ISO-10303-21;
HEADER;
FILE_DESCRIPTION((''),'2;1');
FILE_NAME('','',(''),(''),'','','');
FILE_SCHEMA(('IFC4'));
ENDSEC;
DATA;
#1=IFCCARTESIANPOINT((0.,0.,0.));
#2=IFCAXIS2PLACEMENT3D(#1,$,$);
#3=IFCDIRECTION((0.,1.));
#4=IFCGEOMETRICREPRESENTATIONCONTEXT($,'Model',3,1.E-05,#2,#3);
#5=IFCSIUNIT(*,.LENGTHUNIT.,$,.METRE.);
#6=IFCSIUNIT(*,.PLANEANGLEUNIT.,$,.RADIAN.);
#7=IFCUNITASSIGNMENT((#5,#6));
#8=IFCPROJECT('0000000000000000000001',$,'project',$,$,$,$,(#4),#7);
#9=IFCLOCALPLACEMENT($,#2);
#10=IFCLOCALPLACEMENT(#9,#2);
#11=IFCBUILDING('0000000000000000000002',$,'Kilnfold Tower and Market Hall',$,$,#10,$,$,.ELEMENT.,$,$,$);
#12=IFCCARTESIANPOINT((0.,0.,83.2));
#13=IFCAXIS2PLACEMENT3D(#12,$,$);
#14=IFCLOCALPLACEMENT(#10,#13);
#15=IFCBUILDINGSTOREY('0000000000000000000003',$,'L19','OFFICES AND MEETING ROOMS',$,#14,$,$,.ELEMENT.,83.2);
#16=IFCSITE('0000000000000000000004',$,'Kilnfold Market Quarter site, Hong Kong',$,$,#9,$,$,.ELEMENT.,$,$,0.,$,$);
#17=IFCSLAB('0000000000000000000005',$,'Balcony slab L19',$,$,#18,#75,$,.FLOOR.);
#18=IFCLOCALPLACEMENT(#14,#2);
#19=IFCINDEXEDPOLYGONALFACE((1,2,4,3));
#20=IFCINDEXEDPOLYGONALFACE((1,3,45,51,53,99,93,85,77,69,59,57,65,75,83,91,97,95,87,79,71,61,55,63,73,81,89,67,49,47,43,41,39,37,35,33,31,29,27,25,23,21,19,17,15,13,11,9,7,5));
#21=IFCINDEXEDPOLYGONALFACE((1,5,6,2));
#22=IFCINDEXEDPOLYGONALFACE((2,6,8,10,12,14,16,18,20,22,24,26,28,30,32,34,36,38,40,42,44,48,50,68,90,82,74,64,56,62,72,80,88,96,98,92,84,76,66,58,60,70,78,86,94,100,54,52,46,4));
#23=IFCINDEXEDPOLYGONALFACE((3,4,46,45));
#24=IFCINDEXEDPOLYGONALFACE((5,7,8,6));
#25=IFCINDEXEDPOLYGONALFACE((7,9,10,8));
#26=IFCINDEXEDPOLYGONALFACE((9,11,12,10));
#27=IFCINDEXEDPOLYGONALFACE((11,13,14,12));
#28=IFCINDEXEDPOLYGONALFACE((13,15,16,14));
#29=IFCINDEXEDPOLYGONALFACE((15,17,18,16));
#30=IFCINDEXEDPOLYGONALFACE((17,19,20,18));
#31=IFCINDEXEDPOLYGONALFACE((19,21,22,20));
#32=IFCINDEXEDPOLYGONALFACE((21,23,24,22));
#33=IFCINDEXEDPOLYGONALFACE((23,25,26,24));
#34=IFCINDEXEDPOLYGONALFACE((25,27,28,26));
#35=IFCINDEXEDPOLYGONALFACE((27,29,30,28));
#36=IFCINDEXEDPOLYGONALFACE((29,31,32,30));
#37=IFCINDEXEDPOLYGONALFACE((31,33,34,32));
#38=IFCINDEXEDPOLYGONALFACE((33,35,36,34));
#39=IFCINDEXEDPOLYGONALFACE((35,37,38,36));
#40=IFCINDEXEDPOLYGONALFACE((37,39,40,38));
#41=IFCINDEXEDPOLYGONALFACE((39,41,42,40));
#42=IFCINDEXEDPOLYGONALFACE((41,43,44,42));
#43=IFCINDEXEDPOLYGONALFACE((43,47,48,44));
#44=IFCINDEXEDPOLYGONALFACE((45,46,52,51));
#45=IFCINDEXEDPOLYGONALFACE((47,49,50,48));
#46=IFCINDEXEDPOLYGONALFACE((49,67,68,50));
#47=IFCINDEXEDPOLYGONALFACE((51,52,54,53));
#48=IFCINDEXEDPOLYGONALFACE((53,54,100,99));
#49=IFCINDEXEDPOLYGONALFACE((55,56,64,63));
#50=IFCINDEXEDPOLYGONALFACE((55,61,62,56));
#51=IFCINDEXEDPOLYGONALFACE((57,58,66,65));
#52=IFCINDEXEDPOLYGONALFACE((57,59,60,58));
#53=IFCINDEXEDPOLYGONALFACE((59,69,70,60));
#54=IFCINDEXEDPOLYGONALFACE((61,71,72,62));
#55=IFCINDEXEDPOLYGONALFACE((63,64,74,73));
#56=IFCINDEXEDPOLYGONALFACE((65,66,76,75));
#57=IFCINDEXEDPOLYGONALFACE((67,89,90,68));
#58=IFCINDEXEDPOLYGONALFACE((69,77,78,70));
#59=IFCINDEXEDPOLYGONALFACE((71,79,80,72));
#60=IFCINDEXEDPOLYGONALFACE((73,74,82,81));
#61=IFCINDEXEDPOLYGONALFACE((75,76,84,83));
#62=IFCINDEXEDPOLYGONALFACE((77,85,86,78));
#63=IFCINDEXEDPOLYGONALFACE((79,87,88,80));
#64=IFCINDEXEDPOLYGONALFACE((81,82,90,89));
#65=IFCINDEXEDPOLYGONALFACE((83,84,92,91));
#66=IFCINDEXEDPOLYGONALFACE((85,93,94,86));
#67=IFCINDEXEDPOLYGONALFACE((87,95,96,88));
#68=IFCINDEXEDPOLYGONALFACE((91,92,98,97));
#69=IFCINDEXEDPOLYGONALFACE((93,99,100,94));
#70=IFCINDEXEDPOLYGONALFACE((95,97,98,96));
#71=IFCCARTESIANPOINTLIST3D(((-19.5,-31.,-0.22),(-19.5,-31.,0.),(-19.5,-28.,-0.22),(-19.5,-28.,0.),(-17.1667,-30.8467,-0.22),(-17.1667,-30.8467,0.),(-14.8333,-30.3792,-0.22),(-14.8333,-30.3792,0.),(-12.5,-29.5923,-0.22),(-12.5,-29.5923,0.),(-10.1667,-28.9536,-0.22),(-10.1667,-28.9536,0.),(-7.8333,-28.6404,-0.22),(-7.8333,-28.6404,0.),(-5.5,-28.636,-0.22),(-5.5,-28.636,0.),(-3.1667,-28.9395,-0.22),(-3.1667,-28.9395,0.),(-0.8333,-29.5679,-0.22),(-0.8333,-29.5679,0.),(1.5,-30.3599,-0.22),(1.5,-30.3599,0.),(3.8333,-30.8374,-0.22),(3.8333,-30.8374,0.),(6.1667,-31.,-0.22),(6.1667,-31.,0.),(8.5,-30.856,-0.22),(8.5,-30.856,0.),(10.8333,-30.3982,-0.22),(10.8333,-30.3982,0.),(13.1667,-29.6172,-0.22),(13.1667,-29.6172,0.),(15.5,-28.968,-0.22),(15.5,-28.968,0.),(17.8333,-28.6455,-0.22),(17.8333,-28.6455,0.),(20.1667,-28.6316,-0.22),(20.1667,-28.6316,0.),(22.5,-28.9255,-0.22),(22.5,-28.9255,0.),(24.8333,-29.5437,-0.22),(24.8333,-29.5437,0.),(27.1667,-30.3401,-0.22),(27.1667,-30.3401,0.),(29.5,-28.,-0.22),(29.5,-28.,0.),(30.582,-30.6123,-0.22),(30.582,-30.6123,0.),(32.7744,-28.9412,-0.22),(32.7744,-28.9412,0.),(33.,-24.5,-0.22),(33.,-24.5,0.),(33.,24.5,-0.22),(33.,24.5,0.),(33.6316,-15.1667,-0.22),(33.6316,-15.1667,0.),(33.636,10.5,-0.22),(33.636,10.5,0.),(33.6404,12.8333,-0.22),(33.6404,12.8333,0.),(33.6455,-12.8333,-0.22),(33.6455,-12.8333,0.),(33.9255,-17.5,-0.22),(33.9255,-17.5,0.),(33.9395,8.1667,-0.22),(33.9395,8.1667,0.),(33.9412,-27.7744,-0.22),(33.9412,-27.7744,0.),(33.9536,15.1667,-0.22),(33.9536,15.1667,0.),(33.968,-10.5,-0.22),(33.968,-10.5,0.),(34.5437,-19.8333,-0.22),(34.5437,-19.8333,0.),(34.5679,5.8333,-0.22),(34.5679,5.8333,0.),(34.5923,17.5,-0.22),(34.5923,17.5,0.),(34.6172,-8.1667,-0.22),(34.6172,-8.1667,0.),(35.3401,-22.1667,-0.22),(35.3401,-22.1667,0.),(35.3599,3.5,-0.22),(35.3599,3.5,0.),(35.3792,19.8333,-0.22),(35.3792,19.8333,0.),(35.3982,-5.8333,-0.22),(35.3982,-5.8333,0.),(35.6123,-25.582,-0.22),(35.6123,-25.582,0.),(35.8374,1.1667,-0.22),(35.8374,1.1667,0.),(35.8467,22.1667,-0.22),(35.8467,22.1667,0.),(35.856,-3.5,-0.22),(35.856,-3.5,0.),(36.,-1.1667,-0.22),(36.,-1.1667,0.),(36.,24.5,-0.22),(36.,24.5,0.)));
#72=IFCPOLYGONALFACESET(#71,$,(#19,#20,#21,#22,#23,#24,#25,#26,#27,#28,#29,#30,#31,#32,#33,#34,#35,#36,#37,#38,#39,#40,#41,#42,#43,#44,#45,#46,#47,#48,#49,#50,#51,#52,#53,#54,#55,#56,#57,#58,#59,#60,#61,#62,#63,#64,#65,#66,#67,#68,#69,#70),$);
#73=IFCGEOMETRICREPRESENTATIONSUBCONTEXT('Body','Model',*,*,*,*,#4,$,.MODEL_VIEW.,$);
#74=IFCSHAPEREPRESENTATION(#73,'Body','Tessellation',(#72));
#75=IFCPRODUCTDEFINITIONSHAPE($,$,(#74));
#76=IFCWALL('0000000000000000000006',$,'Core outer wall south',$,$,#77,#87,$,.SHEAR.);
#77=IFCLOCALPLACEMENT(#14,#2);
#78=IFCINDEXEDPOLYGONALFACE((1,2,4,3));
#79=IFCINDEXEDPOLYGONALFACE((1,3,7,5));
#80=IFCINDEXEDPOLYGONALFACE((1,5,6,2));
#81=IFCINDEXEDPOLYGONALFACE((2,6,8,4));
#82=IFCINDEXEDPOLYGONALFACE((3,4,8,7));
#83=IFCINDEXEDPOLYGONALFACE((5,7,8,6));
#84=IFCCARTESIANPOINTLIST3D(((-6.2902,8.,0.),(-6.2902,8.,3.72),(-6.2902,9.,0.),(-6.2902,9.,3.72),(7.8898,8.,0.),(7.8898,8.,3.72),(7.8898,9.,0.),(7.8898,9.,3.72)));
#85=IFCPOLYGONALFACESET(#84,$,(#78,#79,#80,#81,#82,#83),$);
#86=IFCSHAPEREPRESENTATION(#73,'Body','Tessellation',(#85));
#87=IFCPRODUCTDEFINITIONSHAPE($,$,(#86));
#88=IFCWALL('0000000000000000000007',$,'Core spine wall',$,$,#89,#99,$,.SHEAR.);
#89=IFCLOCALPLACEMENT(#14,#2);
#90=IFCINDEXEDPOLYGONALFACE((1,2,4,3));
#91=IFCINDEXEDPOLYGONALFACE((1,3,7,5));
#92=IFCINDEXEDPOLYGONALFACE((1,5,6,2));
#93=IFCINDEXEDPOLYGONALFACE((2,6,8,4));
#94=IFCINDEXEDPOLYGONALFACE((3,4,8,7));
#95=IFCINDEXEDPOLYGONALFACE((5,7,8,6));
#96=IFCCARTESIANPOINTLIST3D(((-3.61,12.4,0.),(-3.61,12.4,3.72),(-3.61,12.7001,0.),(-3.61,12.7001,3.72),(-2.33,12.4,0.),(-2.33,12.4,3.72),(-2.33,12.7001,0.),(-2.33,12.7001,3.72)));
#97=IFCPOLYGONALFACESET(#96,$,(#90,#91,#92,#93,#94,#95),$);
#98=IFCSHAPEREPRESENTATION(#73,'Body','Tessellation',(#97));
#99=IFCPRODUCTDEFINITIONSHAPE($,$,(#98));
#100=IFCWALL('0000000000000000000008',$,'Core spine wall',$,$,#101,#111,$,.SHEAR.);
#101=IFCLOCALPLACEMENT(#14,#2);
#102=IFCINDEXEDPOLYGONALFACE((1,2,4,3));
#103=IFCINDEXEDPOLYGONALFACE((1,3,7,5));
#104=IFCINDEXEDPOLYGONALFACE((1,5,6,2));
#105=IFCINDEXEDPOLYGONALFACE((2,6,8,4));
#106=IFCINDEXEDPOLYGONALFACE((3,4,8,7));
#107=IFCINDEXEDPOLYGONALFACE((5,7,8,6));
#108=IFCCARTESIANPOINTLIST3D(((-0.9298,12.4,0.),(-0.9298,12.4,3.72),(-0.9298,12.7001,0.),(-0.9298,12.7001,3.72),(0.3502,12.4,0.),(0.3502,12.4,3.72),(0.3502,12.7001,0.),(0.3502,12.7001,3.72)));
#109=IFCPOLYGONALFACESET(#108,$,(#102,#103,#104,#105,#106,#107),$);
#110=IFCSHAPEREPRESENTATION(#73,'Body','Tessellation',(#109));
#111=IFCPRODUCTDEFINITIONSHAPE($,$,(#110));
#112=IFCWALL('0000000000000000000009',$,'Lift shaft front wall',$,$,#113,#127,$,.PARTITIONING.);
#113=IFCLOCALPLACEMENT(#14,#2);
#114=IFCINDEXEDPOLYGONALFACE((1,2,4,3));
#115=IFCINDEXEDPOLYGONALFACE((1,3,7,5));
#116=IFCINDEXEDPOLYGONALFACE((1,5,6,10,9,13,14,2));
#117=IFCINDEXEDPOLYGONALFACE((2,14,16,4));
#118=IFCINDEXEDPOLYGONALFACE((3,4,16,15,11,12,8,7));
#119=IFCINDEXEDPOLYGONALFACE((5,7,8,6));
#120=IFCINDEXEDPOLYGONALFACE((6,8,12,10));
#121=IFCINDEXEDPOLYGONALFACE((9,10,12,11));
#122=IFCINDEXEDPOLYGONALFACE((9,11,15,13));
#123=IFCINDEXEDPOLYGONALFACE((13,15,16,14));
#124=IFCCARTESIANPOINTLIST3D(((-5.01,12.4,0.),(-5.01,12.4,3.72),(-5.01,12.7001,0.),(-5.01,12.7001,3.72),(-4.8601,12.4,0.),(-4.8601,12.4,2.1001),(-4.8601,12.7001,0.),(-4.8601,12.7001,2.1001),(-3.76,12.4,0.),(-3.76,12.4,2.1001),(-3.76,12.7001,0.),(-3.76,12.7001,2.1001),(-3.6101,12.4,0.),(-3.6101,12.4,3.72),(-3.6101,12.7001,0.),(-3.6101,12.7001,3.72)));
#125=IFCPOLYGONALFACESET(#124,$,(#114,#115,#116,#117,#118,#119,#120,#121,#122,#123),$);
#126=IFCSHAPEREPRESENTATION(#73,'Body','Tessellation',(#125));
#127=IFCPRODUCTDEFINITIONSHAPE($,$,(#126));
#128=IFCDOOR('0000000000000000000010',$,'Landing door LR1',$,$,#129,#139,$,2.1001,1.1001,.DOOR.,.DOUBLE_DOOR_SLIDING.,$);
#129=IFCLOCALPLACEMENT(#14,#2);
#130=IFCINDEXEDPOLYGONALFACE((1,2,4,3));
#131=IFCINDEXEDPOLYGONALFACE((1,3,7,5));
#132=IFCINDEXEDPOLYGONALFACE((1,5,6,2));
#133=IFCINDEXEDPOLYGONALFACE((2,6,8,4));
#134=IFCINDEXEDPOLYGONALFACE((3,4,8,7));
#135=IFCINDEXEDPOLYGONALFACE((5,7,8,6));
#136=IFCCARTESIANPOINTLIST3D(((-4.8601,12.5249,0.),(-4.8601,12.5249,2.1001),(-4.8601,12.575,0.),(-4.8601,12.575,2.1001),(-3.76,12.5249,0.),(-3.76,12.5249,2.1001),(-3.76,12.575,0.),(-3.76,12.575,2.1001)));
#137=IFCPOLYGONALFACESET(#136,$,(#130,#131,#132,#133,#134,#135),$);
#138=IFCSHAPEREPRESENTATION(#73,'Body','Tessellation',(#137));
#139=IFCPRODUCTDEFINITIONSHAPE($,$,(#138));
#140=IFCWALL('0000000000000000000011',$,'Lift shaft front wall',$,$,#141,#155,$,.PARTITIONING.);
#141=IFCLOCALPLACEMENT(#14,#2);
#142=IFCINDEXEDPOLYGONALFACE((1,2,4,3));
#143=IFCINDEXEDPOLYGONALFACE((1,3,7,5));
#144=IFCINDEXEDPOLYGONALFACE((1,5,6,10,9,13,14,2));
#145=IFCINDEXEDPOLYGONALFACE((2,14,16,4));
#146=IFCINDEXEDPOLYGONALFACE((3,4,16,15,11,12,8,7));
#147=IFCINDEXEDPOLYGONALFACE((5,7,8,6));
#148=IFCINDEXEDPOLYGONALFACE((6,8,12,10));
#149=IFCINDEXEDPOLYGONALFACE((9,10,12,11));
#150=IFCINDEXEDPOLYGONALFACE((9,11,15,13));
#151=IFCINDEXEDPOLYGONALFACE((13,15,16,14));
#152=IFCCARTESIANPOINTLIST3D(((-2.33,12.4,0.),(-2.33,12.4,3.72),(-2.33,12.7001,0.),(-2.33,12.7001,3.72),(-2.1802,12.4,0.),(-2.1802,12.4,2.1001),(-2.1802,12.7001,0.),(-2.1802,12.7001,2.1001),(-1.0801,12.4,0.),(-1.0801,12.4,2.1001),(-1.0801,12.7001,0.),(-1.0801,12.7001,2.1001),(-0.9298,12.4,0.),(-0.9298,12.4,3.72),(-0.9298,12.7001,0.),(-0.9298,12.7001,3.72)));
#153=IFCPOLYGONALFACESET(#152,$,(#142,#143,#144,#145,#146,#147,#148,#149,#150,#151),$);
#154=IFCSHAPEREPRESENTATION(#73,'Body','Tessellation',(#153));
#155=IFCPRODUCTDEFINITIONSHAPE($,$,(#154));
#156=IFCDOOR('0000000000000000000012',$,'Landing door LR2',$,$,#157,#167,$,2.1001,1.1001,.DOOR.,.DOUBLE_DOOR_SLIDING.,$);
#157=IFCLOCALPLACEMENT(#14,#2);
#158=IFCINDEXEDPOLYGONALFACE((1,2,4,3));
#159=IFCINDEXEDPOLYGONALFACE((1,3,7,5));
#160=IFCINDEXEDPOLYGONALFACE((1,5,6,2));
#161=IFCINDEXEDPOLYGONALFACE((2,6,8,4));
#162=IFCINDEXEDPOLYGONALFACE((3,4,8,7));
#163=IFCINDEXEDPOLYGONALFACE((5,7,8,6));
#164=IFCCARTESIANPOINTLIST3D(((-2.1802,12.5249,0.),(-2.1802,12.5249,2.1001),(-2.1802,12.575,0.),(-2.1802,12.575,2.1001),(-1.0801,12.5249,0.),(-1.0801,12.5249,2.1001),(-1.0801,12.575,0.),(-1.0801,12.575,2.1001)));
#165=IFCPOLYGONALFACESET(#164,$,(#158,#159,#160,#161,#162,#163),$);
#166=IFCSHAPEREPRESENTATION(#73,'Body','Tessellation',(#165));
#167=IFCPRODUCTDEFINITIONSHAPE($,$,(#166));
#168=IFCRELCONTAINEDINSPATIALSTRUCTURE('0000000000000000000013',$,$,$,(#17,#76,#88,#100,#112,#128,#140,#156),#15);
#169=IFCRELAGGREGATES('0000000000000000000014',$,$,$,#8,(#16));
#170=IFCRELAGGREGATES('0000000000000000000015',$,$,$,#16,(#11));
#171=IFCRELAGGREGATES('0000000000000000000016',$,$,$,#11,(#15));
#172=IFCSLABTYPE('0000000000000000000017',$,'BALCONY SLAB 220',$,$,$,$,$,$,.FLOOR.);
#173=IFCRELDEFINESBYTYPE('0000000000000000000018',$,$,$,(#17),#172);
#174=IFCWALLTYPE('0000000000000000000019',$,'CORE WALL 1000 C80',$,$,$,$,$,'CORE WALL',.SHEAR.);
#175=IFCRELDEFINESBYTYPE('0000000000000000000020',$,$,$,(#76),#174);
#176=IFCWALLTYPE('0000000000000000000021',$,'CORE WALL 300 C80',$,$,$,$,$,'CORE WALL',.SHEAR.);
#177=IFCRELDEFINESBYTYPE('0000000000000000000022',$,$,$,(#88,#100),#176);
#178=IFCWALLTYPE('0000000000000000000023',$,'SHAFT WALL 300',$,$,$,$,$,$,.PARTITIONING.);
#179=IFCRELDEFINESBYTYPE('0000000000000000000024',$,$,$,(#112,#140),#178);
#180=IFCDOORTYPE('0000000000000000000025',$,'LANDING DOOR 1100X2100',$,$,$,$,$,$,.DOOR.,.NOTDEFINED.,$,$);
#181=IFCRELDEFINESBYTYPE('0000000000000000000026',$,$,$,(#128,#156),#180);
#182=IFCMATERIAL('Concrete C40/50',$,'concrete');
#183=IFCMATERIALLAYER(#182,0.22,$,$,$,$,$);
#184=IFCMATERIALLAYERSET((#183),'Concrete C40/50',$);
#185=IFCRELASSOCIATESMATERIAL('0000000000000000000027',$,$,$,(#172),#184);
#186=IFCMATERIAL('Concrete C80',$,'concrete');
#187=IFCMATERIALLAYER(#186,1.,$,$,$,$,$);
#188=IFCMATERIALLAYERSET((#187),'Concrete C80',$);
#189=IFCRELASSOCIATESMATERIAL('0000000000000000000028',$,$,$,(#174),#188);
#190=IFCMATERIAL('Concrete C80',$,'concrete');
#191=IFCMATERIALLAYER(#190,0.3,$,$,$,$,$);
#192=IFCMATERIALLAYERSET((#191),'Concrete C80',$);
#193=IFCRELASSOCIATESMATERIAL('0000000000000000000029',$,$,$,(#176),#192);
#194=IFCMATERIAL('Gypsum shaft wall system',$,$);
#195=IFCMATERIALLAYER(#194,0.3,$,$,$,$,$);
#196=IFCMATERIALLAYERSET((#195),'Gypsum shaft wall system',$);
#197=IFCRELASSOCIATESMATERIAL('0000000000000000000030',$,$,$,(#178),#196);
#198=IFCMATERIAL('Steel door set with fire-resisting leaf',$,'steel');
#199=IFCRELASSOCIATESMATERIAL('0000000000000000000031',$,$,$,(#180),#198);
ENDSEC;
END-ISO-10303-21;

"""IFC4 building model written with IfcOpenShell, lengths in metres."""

from ifc_helpers import new_model, si_unit, direction, frame, frame_2d, origin, place, context, subcontext, project, spatial, polyline, rectangle, outline, extrude, source, transform, mapped, material, layer, layer_set, type_object, element, fill, save


model = new_model("IFC4")

# Units and contexts
model_context = context("Model", 3, precision=1e-05, world=origin(), true_north=direction((0.0, 1.0)))
body_context = subcontext(model_context, "Body", "Model", "MODEL_VIEW")
ifc_project = project(units=[si_unit("LENGTHUNIT", "METRE"), si_unit("PLANEANGLEUNIT", "RADIAN")], contexts=[model_context])

# Site, building, storey
site_placement = place(None, origin())
site = spatial("IfcSite", under=ifc_project, at=site_placement, Name="Kilnfold Market Quarter site, Hong Kong", CompositionType="ELEMENT", RefElevation=0.0)
building_placement = place(site_placement, origin())
building = spatial("IfcBuilding", under=site, at=building_placement, Name="Kilnfold Tower and Market Hall", CompositionType="ELEMENT")
storey_placement = place(building_placement, frame((0.0, 0.0, 83.2)))
storey = spatial("IfcBuildingStorey", under=building, at=storey_placement, Name="L19", Description="OFFICES AND MEETING ROOMS", CompositionType="ELEMENT", Elevation=83.2)

# Slab
ifc_material_1 = material(Name="Concrete C40/50", Category="concrete")
ifc_layer_1 = layer(ifc_material_1, 0.22)
ifc_layer_set_1 = layer_set([ifc_layer_1], Name="Concrete C40/50")
slab_type_1 = type_object("IfcSlabType", Name="BALCONY SLAB 220", PredefinedType="FLOOR", material=ifc_layer_set_1)
shared_shape_1 = source(origin(), body_context, "Body", "SweptSolid", [
    extrude(outline(polyline([(-19.5, -28.0), (29.5, -28.0), (33.0, -24.5), (33.0, 24.5), (36.0, 24.5), (35.8467, 22.1667), (35.3792, 19.8333), (34.5923, 17.5), (33.9536, 15.1667), (33.6404, 12.8333), (33.636, 10.5), (33.9395, 8.1667), (34.5679, 5.8333), (35.3599, 3.5), (35.8374, 1.1667), (36.0, -1.1667), (35.856, -3.5), (35.3982, -5.8333), (34.6172, -8.1667), (33.968, -10.5), (33.6455, -12.8333), (33.6316, -15.1667), (33.9255, -17.5), (34.5437, -19.8333), (35.3401, -22.1667), (35.6123, -25.582), (33.9412, -27.7744), (32.7744, -28.9412), (30.582, -30.6123), (27.1667, -30.3401), (24.8333, -29.5437), (22.5, -28.9255), (20.1667, -28.6316), (17.8333, -28.6455), (15.5, -28.968), (13.1667, -29.6172), (10.8333, -30.3982), (8.5, -30.856), (6.1667, -31.0), (3.8333, -30.8374), (1.5, -30.3599), (-0.8333, -29.5679), (-3.1667, -28.9395), (-5.5, -28.636), (-7.8333, -28.6404), (-10.1667, -28.9536), (-12.5, -29.5923), (-14.8333, -30.3792), (-17.1667, -30.8467), (-19.5, -31.0), (-19.5, -28.0)])), origin(), (0.0, 0.0, 1.0), 0.22),
])
slab_1_placement = place(storey_placement, frame((0.0, 0.0, -0.22)))
element("IfcSlab", 1, at=slab_1_placement, inside=storey, type_object=slab_type_1, Name="Balcony slab L19", PredefinedType="FLOOR", context=body_context, shape_type="MappedRepresentation", body=[
    mapped(shared_shape_1, transform((0.0, 0.0, 0.0))),
])

# Walls
ifc_material_2 = material(Name="Concrete C80", Category="concrete")
ifc_layer_2 = layer(ifc_material_2, 1.0)
ifc_layer_set_2 = layer_set([ifc_layer_2], Name="Concrete C80")
wall_type_1 = type_object("IfcWallType", Name="CORE WALL 1000 C80", ElementType="CORE WALL", PredefinedType="SHEAR", material=ifc_layer_set_2)
shared_shape_2 = source(origin(), body_context, "Body", "SweptSolid", [
    extrude(rectangle(XDim=14.1799, YDim=1.0, at=frame_2d((7.0898, 0.0))), origin(), (0.0, 0.0, 1.0), 3.72),
])
wall_1_placement = place(storey_placement, frame((-6.29, 8.5, 0.0), z_axis=(0.0, 0.0, 1.0), x_axis=(1.0, 0.0, 0.0)))
element("IfcWall", 2, at=wall_1_placement, inside=storey, type_object=wall_type_1, Name="Core outer wall south", PredefinedType="SHEAR", context=body_context, shape_type="MappedRepresentation", body=[
    mapped(shared_shape_2, transform((0.0, 0.0, 0.0))),
])
ifc_material_3 = material(Name="Concrete C80", Category="concrete")
ifc_layer_3 = layer(ifc_material_3, 0.3)
ifc_layer_set_3 = layer_set([ifc_layer_3], Name="Concrete C80")
wall_type_2 = type_object("IfcWallType", Name="CORE WALL 300 C80", ElementType="CORE WALL", PredefinedType="SHEAR", material=ifc_layer_set_3)
shared_shape_3 = source(origin(), body_context, "Body", "SweptSolid", [
    extrude(rectangle(XDim=1.28, YDim=0.3, at=frame_2d((0.6401, 0.0))), origin(), (0.0, 0.0, 1.0), 3.72),
])
for number, where, z_axis, x_axis, name in (
    (3, (-3.6101, 12.55, 0.0), (0.0, 0.0, 1.0), (1.0, 0.0, 0.0), "Core spine wall"),
    (4, (-0.9299, 12.55, 0.0), (0.0, 0.0, 1.0), (1.0, 0.0, 0.0), "Core spine wall"),
):
    element("IfcWall", number, at=place(storey_placement, frame(where, z_axis=z_axis, x_axis=x_axis)), inside=storey, type_object=wall_type_2, Name=name, PredefinedType="SHEAR", context=body_context, shape_type="MappedRepresentation", body=[
        mapped(shared_shape_3, transform((0.0, 0.0, 0.0))),
    ])

# Walls, openings, doors
ifc_material_4 = material(Name="Gypsum shaft wall system")
ifc_layer_4 = layer(ifc_material_4, 0.3)
ifc_layer_set_4 = layer_set([ifc_layer_4], Name="Gypsum shaft wall system")
wall_type_3 = type_object("IfcWallType", Name="SHAFT WALL 300", PredefinedType="PARTITIONING", material=ifc_layer_set_4)
shared_shape_4 = source(origin(), body_context, "Body", "SweptSolid", [
    extrude(rectangle(XDim=1.3999, YDim=0.3, at=frame_2d((0.7, 0.0))), origin(), (0.0, 0.0, 1.0), 3.72),
])
wall_2_placement = place(storey_placement, frame((-5.01, 12.55, 0.0), z_axis=(0.0, 0.0, 1.0), x_axis=(1.0, 0.0, 0.0)))
wall_2 = element("IfcWall", 5, at=wall_2_placement, inside=storey, type_object=wall_type_3, Name="Lift shaft front wall", PredefinedType="PARTITIONING", context=body_context, shape_type="MappedRepresentation", body=[
    mapped(shared_shape_4, transform((0.0, 0.0, 0.0))),
])
opening_1_placement = place(wall_2_placement, frame((0.1499, 0.0, 0.0)))
opening_1 = element("IfcOpeningElement", 6, at=opening_1_placement, cuts=wall_2, PredefinedType="OPENING", context=body_context, shape_type="SweptSolid", body=[
    extrude(rectangle(XDim=1.1001, YDim=2.1001, at=frame_2d((0.55, 1.05))), frame((0.0, 0.1602, 0.0), z_axis=(0.0, -1.0, 0.0), x_axis=(1.0, 0.0, 0.0)), (0.0, 0.0, 1.0), 0.3201),
])
ifc_material_5 = material(Name="Steel door set with fire-resisting leaf", Category="steel")
door_type = type_object("IfcDoorType", Name="LANDING DOOR 1100X2100", OperationType="NOTDEFINED", PredefinedType="DOOR", material=ifc_material_5)
door_1_placement = place(opening_1_placement, origin())
door_1 = element("IfcDoor", 7, at=door_1_placement, inside=storey, type_object=door_type, Name="Landing door LR1", OperationType="DOUBLE_DOOR_SLIDING", OverallHeight=2.1001, OverallWidth=1.1001, PredefinedType="DOOR", context=body_context, shape_type="SweptSolid", body=[
    extrude(rectangle(XDim=1.1001, YDim=2.1001, at=frame_2d((0.55, 1.05))), frame((0.0, 0.0249, 0.0), z_axis=(0.0, -1.0, 0.0), x_axis=(1.0, 0.0, 0.0)), (0.0, 0.0, 1.0), 0.05),
])
fill(opening_1, door_1)
shared_shape_5 = source(origin(), body_context, "Body", "SweptSolid", [
    extrude(rectangle(XDim=1.4001, YDim=0.3, at=frame_2d((0.7002, 0.0))), origin(), (0.0, 0.0, 1.0), 3.72),
])
wall_3_placement = place(storey_placement, frame((-2.3301, 12.55, 0.0), z_axis=(0.0, 0.0, 1.0), x_axis=(1.0, 0.0, 0.0)))
wall_3 = element("IfcWall", 8, at=wall_3_placement, inside=storey, type_object=wall_type_3, Name="Lift shaft front wall", PredefinedType="PARTITIONING", context=body_context, shape_type="MappedRepresentation", body=[
    mapped(shared_shape_5, transform((0.0, 0.0, 0.0))),
])
opening_2_placement = place(wall_3_placement, frame((0.1499, 0.0, 0.0)))
opening_2 = element("IfcOpeningElement", 9, at=opening_2_placement, cuts=wall_3, PredefinedType="OPENING", context=body_context, shape_type="SweptSolid", body=[
    extrude(rectangle(XDim=1.1001, YDim=2.1001, at=frame_2d((0.55, 1.05))), frame((0.0, 0.1602, 0.0), z_axis=(0.0, -1.0, 0.0), x_axis=(1.0, 0.0, 0.0)), (0.0, 0.0, 1.0), 0.3201),
])
door_2_placement = place(opening_2_placement, origin())
door_2 = element("IfcDoor", 10, at=door_2_placement, inside=storey, type_object=door_type, Name="Landing door LR2", OperationType="DOUBLE_DOOR_SLIDING", OverallHeight=2.1001, OverallWidth=1.1001, PredefinedType="DOOR", context=body_context, shape_type="SweptSolid", body=[
    extrude(rectangle(XDim=1.1001, YDim=2.1001, at=frame_2d((0.55, 1.05))), frame((0.0, 0.0249, 0.0), z_axis=(0.0, -1.0, 0.0), x_axis=(1.0, 0.0, 0.0)), (0.0, 0.0, 1.0), 0.05),
])
fill(opening_2, door_2)

save(model, "model.ifc")
